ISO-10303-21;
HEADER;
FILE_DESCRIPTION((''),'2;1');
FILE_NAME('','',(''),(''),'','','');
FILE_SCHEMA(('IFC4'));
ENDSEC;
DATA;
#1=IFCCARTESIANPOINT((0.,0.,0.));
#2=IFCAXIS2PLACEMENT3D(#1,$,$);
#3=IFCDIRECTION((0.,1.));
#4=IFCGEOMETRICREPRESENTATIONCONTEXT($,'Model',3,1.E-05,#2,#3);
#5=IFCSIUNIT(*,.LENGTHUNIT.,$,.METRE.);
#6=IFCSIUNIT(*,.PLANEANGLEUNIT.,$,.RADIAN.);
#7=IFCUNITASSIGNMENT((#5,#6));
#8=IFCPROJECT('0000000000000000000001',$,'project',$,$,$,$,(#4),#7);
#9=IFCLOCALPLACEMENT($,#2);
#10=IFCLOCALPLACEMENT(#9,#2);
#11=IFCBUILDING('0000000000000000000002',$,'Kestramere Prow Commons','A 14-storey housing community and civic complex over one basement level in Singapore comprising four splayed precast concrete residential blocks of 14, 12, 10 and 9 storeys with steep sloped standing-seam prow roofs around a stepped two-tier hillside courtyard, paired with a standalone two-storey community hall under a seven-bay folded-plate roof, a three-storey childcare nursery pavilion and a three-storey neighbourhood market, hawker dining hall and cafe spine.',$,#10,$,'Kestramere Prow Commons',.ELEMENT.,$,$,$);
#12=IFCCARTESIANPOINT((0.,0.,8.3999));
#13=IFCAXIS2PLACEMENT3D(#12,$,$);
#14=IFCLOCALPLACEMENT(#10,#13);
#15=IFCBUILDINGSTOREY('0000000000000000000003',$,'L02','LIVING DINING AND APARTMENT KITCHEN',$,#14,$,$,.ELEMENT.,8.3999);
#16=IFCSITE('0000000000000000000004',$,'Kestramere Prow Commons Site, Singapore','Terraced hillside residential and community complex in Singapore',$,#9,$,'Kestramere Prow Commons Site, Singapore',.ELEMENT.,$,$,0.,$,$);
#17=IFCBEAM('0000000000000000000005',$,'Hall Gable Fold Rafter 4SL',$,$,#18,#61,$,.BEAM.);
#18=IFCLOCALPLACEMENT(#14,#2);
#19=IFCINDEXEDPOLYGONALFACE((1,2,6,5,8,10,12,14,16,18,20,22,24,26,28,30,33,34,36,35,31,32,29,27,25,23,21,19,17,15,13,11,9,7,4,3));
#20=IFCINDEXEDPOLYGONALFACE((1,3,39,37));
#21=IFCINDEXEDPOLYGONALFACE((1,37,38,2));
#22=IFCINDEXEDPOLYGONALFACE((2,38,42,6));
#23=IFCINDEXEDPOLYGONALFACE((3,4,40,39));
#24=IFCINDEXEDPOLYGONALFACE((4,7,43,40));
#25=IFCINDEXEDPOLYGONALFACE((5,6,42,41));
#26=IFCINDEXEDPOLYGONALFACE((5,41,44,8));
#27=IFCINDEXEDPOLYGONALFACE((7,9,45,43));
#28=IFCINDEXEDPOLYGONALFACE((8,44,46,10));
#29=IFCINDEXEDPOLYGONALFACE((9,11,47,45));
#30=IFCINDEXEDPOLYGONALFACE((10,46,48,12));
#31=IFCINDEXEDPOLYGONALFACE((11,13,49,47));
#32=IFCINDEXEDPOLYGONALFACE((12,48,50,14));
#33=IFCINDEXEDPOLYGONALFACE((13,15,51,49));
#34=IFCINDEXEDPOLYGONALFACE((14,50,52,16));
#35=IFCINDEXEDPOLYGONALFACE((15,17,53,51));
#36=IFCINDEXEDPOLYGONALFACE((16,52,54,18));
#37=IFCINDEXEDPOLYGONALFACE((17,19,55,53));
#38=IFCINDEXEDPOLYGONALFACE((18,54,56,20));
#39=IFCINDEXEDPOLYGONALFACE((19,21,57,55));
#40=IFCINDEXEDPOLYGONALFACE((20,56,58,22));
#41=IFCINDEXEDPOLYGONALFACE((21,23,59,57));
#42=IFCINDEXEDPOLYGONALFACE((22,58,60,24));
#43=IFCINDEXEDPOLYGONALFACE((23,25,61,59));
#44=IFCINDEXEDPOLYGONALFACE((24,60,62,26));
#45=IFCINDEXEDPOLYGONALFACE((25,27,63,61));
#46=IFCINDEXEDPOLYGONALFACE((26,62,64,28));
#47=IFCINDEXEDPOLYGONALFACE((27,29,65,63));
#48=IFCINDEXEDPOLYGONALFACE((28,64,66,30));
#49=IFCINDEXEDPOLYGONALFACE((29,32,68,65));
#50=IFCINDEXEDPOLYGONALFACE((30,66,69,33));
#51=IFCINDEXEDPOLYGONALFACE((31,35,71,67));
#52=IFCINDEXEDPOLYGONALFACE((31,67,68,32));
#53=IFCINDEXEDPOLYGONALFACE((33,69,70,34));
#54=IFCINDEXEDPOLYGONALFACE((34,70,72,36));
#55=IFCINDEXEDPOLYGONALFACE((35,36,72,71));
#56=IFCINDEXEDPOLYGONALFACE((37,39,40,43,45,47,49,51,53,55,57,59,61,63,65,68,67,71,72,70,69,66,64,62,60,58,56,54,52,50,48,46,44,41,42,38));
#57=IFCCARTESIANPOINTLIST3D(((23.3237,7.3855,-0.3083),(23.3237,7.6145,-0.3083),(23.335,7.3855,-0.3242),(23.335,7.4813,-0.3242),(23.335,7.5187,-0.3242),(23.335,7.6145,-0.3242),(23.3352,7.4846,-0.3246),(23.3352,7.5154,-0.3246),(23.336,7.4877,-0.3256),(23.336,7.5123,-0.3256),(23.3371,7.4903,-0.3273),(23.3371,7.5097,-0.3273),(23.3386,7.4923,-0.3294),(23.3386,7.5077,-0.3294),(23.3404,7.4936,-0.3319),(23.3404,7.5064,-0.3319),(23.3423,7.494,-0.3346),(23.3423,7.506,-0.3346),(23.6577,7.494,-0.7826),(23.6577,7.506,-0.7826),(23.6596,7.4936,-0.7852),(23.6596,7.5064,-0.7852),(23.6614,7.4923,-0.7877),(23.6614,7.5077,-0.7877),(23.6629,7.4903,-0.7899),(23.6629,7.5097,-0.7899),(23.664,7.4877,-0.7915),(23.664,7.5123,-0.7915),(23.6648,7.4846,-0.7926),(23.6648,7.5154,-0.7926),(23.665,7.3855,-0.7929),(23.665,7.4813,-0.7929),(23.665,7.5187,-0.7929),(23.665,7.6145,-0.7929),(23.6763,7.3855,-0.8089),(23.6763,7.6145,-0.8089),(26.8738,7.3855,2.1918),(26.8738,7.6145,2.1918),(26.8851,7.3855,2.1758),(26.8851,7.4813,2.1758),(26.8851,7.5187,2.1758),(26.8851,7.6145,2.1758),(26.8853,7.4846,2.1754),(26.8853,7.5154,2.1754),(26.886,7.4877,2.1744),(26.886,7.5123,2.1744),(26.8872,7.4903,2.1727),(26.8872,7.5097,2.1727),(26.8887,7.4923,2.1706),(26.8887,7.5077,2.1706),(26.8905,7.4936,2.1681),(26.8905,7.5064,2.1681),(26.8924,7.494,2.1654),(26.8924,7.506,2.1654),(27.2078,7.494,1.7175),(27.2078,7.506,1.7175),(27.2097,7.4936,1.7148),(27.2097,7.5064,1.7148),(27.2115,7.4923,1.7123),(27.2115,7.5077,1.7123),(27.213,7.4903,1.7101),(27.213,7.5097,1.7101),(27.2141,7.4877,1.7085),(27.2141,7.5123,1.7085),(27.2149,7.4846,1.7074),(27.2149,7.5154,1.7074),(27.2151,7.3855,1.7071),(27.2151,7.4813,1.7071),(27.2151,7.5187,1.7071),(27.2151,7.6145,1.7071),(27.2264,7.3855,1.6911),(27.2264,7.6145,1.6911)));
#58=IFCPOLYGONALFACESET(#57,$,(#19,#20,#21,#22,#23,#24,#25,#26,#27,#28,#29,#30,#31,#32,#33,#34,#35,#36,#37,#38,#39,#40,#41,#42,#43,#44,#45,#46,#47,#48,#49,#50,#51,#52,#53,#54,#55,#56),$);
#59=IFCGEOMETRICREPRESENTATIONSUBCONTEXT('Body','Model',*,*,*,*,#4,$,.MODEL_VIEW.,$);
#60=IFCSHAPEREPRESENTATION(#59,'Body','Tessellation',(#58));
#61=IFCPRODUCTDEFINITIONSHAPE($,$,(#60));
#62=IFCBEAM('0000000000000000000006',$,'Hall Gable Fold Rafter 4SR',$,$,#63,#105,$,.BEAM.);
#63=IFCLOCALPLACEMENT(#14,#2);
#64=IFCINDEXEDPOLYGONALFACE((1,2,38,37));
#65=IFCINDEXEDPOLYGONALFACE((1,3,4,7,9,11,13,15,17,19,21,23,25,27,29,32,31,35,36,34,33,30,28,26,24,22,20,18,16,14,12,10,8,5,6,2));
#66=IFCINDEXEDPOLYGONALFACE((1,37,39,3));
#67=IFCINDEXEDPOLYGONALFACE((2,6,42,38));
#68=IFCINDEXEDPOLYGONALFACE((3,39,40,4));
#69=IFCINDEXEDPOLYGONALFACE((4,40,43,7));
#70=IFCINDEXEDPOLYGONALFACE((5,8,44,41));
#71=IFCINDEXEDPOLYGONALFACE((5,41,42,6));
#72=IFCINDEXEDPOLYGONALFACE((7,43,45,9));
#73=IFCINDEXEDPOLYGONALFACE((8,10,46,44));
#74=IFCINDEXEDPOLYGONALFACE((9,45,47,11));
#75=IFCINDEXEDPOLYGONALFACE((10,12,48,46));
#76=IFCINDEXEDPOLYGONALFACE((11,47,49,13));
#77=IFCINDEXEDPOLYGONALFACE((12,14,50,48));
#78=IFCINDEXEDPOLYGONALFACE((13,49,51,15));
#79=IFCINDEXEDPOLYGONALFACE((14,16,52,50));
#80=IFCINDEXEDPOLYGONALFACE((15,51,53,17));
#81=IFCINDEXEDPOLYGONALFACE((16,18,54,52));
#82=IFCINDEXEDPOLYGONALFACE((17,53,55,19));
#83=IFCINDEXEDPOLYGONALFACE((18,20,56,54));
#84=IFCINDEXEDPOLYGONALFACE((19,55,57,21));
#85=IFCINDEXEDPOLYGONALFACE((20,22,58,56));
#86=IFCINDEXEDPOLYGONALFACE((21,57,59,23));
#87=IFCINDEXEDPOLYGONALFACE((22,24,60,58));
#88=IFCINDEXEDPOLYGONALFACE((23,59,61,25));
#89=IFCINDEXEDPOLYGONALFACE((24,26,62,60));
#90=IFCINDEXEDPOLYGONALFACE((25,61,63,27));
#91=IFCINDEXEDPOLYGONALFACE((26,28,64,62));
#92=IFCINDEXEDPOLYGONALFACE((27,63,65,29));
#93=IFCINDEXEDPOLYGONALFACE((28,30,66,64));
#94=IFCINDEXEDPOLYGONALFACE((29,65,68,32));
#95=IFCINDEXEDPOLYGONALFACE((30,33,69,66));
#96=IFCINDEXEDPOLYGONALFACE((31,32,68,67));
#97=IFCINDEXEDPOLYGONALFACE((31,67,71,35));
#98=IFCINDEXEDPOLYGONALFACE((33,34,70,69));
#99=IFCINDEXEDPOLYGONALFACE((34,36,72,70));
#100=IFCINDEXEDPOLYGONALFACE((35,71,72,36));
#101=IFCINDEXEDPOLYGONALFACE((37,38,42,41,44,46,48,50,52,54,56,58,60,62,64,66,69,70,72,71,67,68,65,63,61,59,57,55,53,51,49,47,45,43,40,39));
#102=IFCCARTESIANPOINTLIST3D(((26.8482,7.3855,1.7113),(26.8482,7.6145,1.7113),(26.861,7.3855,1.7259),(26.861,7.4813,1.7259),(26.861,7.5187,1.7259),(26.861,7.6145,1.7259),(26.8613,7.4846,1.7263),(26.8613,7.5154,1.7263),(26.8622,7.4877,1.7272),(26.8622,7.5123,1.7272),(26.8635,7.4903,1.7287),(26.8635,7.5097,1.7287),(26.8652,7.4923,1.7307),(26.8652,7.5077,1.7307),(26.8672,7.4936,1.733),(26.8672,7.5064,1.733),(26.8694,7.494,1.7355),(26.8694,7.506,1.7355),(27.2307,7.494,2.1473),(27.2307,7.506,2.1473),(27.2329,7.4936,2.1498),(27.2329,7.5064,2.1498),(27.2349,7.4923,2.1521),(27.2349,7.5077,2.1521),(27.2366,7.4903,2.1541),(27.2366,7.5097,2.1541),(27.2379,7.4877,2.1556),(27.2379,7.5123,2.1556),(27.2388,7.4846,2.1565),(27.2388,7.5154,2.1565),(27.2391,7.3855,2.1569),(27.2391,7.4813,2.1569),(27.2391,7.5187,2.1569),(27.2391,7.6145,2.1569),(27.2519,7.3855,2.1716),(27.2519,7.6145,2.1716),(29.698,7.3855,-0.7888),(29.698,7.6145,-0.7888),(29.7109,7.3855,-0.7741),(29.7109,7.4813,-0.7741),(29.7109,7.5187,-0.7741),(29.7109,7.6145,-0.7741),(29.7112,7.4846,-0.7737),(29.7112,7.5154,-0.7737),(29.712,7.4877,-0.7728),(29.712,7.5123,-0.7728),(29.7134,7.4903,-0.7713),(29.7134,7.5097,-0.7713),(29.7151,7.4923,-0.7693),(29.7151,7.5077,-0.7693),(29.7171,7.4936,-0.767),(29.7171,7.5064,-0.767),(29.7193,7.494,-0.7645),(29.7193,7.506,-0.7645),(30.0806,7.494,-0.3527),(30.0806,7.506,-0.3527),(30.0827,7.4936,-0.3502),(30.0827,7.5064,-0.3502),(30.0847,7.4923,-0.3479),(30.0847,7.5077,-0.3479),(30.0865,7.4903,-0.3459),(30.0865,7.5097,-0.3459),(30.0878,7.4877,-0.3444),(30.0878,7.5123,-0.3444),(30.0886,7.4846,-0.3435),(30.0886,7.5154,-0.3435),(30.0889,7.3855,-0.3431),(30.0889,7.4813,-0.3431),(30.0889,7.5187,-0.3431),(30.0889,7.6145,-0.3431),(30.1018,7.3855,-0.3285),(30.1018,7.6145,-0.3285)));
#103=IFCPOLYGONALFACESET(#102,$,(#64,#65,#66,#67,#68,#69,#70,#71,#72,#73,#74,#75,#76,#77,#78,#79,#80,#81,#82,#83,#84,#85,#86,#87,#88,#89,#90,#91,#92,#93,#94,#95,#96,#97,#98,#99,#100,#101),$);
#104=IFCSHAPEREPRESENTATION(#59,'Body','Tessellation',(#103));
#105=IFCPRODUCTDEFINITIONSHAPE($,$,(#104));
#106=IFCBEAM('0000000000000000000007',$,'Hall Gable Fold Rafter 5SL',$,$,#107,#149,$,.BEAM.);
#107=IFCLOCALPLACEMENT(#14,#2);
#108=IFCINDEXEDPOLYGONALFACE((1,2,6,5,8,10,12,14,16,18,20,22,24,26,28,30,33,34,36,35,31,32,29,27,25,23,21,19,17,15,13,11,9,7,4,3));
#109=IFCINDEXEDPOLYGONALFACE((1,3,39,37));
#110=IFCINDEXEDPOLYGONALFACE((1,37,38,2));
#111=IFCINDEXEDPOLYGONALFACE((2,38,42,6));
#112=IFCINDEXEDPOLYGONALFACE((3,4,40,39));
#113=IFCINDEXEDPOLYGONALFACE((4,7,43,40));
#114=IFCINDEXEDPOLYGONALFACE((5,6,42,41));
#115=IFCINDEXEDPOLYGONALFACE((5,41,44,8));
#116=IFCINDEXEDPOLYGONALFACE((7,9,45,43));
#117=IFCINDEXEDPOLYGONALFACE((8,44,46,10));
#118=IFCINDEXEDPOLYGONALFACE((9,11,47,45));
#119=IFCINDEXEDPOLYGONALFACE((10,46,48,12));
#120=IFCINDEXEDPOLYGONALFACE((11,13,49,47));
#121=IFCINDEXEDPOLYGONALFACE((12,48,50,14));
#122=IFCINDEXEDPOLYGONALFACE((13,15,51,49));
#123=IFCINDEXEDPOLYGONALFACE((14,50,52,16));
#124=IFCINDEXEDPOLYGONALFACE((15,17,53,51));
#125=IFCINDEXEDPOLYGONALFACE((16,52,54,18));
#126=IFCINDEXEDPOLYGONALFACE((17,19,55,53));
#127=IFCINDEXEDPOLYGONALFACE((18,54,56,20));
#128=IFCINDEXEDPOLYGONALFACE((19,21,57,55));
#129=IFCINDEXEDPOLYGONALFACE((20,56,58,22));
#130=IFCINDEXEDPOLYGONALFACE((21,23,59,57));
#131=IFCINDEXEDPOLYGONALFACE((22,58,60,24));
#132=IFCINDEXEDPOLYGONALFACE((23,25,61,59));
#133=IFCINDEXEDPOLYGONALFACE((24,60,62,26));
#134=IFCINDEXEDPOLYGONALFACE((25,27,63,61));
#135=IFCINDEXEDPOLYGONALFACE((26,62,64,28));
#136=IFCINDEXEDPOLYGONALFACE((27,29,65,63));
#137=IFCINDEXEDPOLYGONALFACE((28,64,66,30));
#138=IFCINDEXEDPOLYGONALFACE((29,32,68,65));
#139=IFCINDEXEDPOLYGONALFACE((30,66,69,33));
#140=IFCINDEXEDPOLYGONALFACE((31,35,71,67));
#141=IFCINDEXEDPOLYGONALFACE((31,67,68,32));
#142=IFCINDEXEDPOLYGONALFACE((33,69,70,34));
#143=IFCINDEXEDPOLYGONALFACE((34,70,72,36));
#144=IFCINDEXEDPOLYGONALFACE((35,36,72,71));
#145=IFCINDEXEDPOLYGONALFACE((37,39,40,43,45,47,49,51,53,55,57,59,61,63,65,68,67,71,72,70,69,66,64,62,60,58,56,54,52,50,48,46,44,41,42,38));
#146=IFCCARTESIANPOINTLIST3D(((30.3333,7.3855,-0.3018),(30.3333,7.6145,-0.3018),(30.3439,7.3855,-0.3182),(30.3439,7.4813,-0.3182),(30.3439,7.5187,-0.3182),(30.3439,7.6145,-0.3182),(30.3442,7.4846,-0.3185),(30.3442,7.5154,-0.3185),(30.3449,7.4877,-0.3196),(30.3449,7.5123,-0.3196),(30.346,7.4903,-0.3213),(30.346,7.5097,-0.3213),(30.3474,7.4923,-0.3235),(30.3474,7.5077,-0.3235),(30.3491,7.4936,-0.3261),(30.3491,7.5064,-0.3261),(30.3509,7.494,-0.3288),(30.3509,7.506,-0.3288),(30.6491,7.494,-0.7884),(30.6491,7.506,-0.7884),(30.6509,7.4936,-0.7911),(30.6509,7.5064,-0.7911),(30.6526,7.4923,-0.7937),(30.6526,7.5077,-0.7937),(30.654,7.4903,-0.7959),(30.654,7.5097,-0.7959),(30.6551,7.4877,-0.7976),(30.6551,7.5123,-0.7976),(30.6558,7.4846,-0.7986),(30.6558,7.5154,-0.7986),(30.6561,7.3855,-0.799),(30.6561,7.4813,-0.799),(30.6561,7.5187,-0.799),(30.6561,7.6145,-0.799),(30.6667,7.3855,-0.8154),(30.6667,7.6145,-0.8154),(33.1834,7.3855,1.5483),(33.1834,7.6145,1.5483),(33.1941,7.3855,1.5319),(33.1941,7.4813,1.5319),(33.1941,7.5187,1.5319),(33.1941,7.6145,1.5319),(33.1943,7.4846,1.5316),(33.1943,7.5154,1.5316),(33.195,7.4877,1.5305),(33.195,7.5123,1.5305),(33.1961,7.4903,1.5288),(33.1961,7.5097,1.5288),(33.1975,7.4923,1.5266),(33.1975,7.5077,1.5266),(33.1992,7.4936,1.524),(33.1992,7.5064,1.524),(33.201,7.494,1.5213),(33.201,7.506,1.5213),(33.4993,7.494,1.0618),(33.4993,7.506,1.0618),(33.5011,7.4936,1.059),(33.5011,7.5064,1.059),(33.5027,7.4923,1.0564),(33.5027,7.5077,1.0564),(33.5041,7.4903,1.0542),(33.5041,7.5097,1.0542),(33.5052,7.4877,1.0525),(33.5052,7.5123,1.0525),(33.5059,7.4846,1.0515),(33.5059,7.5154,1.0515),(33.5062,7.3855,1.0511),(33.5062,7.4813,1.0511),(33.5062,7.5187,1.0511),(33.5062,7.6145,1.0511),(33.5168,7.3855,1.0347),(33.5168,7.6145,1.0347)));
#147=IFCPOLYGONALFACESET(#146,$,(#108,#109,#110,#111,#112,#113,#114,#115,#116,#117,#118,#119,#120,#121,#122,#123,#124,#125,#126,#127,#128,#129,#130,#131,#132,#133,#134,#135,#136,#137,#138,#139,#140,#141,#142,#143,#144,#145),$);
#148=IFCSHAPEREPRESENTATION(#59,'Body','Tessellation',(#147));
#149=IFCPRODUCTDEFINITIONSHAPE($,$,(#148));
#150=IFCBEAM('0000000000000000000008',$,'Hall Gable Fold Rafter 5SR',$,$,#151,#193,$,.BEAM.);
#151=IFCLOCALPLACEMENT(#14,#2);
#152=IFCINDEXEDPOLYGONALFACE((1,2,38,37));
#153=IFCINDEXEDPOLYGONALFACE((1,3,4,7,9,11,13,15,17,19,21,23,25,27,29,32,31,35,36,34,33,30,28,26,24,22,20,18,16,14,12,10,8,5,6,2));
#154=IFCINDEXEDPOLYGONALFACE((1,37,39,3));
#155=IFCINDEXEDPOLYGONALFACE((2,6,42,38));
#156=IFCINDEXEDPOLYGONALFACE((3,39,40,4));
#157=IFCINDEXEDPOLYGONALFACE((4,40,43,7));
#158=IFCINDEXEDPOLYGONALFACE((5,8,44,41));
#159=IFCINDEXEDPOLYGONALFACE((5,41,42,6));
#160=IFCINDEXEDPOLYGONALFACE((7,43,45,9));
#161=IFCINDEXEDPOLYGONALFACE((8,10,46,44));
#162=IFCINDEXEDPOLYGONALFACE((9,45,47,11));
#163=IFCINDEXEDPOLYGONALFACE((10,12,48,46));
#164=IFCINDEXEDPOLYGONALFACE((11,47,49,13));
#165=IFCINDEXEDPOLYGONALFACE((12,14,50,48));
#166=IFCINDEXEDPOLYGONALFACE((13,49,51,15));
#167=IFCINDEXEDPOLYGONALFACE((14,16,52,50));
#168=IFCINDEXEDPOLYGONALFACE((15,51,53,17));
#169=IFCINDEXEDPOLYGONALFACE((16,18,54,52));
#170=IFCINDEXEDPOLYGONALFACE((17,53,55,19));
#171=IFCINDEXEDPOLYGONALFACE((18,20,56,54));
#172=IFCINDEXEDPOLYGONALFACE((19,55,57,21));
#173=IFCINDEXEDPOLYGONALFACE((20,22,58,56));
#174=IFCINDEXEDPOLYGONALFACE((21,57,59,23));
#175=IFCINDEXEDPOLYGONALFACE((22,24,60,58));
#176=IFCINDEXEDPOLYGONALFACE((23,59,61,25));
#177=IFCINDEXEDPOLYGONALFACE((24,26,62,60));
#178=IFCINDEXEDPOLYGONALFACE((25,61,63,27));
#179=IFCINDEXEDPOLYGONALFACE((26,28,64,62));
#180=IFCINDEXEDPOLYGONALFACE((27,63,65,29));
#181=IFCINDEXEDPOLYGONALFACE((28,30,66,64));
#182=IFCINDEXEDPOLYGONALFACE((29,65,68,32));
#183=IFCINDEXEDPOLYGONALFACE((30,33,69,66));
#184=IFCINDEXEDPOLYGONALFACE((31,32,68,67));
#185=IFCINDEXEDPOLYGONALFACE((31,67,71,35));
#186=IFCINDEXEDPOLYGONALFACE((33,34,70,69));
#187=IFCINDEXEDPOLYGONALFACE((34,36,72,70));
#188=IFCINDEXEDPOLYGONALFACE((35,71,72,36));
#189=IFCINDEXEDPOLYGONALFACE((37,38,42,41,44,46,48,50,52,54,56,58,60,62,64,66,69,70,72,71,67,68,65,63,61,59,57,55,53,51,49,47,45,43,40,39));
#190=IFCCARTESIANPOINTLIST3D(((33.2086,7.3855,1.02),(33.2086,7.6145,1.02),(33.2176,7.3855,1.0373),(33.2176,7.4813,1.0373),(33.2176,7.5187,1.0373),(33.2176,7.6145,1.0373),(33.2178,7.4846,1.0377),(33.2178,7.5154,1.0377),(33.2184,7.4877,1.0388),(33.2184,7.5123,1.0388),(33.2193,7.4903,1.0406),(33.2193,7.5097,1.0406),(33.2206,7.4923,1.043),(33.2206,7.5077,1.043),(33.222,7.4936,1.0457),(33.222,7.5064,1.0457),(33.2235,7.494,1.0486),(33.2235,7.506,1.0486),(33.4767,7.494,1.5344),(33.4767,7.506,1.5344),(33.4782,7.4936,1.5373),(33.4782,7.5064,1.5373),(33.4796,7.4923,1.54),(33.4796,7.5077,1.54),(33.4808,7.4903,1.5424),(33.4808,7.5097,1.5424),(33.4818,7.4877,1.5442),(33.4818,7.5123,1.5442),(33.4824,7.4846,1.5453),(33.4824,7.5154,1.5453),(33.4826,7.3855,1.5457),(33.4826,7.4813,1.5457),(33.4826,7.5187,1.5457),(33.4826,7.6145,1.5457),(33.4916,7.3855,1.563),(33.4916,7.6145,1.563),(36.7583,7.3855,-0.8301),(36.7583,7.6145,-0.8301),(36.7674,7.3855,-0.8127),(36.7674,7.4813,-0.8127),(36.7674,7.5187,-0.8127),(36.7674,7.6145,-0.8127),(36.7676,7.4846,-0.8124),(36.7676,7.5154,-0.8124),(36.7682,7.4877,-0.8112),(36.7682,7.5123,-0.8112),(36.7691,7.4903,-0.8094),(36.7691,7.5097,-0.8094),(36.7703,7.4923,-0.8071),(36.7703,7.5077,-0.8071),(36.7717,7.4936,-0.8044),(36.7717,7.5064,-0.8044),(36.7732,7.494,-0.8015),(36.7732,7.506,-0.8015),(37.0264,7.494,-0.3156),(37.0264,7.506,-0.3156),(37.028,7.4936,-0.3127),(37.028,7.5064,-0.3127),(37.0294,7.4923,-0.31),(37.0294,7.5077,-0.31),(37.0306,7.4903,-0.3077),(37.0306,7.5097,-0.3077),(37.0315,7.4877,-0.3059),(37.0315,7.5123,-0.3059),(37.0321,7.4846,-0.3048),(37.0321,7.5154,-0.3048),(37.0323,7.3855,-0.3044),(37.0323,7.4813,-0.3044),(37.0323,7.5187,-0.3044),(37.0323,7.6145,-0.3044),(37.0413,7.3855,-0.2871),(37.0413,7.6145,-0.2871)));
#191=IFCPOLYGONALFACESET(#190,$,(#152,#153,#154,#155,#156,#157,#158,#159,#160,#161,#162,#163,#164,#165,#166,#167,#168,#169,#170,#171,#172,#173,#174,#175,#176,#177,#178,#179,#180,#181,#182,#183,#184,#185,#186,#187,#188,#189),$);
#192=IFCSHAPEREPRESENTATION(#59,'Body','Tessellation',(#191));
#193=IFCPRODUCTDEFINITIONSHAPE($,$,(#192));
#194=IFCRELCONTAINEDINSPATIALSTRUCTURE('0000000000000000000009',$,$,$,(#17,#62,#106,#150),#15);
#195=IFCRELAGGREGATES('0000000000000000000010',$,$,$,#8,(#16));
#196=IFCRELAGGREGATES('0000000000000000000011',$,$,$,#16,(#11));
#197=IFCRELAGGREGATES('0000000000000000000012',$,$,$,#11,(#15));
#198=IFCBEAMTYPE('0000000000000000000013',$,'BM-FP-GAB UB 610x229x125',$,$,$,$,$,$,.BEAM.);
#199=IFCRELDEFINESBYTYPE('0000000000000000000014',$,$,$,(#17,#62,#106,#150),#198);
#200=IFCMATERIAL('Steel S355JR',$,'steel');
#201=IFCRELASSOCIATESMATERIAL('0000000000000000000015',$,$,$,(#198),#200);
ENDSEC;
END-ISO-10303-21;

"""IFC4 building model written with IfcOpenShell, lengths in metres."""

from ifc_helpers import new_model, si_unit, direction, frame, origin, origin_2d, place, context, subcontext, project, spatial, i_section, extrude, material, material_profile, profile_set, type_object, element, save


model = new_model("IFC4")

# Units and contexts
model_context = context("Model", 3, precision=1e-05, world=origin(), true_north=direction((0.0, 1.0)))
body_context = subcontext(model_context, "Body", "Model", "MODEL_VIEW")
ifc_project = project(units=[si_unit("LENGTHUNIT", "METRE"), si_unit("PLANEANGLEUNIT", "RADIAN")], contexts=[model_context])

# Site, building, storey
site_placement = place(None, origin())
site = spatial("IfcSite", under=ifc_project, at=site_placement, Name="Kestramere Prow Commons Site, Singapore", Description="Terraced hillside residential and community complex in Singapore", LongName="Kestramere Prow Commons Site, Singapore", CompositionType="ELEMENT", RefElevation=0.0)
building_placement = place(site_placement, origin())
building = spatial("IfcBuilding", under=site, at=building_placement, Name="Kestramere Prow Commons", Description="A 14-storey housing community and civic complex over one basement level in Singapore comprising four splayed precast concrete residential blocks of 14, 12, 10 and 9 storeys with steep sloped standing-seam prow roofs around a stepped two-tier hillside courtyard, paired with a standalone two-storey community hall under a seven-bay folded-plate roof, a three-storey childcare nursery pavilion and a three-storey neighbourhood market, hawker dining hall and cafe spine.", LongName="Kestramere Prow Commons", CompositionType="ELEMENT")
storey_placement = place(building_placement, frame((0.0, 0.0, 8.3999)))
storey = spatial("IfcBuildingStorey", under=building, at=storey_placement, Name="L02", Description="LIVING DINING AND APARTMENT KITCHEN", CompositionType="ELEMENT", Elevation=8.3999)

# Beams
ifc_material_1 = material(Name="Steel S355JR", Category="steel")
ifc_material_profile_1 = material_profile(ifc_material_1, i_section(OverallWidth=0.229, OverallDepth=0.6123, WebThickness=0.012, FlangeThickness=0.0195, FilletRadius=0.0127, at=origin_2d()), Name="UB 610x229x125")
ifc_profile_set_1 = profile_set([ifc_material_profile_1], Name="Steel S355JR")
beam_type_1 = type_object("IfcBeamType", Name="BM-FP-GAB UB 610x229x125", PredefinedType="BEAM", material=ifc_profile_set_1)
beam_1_placement = place(storey_placement, frame((23.5, 7.5, -0.5586), z_axis=(0.817609, 0.0, 0.575773), x_axis=(0.0, 1.0, 0.0)))
element("IfcBeam", 1, at=beam_1_placement, inside=storey, type_object=beam_type_1, Name="Hall Gable Fold Rafter 4SL", PredefinedType="BEAM", context=body_context, shape_type="SweptSolid", body=[
    extrude(i_section(OverallWidth=0.229, OverallDepth=0.6123, WebThickness=0.012, FlangeThickness=0.0195, FilletRadius=0.0127, at=origin_2d()), origin(), (0.0, 0.0, 1.0), 4.342),
])
beam_2_placement = place(storey_placement, frame((27.05, 7.5, 1.9414), z_axis=(0.751742, 0.0, -0.659457), x_axis=(0.0, 1.0, 0.0)))
element("IfcBeam", 2, at=beam_2_placement, inside=storey, type_object=beam_type_1, Name="Hall Gable Fold Rafter 4SR", PredefinedType="BEAM", context=body_context, shape_type="SweptSolid", body=[
    extrude(i_section(OverallWidth=0.229, OverallDepth=0.6123, WebThickness=0.012, FlangeThickness=0.0195, FilletRadius=0.0127, at=origin_2d()), origin(), (0.0, 0.0, 1.0), 3.791),
])
beam_3_placement = place(storey_placement, frame((30.5, 7.5, -0.5586), z_axis=(0.838775, 0.0, 0.544478), x_axis=(0.0, 1.0, 0.0)))
element("IfcBeam", 3, at=beam_3_placement, inside=storey, type_object=beam_type_1, Name="Hall Gable Fold Rafter 5SL", PredefinedType="BEAM", context=body_context, shape_type="SweptSolid", body=[
    extrude(i_section(OverallWidth=0.229, OverallDepth=0.6123, WebThickness=0.012, FlangeThickness=0.0195, FilletRadius=0.0127, at=origin_2d()), origin(), (0.0, 0.0, 1.0), 3.3979),
])
beam_4_placement = place(storey_placement, frame((33.3501, 7.5, 1.2915), z_axis=(0.886787, 0.0, -0.462178), x_axis=(0.0, 1.0, 0.0)))
element("IfcBeam", 4, at=beam_4_placement, inside=storey, type_object=beam_type_1, Name="Hall Gable Fold Rafter 5SR", PredefinedType="BEAM", context=body_context, shape_type="SweptSolid", body=[
    extrude(i_section(OverallWidth=0.229, OverallDepth=0.6123, WebThickness=0.012, FlangeThickness=0.0195, FilletRadius=0.0127, at=origin_2d()), origin(), (0.0, 0.0, 1.0), 4.0029),
])

save(model, "model.ifc")
